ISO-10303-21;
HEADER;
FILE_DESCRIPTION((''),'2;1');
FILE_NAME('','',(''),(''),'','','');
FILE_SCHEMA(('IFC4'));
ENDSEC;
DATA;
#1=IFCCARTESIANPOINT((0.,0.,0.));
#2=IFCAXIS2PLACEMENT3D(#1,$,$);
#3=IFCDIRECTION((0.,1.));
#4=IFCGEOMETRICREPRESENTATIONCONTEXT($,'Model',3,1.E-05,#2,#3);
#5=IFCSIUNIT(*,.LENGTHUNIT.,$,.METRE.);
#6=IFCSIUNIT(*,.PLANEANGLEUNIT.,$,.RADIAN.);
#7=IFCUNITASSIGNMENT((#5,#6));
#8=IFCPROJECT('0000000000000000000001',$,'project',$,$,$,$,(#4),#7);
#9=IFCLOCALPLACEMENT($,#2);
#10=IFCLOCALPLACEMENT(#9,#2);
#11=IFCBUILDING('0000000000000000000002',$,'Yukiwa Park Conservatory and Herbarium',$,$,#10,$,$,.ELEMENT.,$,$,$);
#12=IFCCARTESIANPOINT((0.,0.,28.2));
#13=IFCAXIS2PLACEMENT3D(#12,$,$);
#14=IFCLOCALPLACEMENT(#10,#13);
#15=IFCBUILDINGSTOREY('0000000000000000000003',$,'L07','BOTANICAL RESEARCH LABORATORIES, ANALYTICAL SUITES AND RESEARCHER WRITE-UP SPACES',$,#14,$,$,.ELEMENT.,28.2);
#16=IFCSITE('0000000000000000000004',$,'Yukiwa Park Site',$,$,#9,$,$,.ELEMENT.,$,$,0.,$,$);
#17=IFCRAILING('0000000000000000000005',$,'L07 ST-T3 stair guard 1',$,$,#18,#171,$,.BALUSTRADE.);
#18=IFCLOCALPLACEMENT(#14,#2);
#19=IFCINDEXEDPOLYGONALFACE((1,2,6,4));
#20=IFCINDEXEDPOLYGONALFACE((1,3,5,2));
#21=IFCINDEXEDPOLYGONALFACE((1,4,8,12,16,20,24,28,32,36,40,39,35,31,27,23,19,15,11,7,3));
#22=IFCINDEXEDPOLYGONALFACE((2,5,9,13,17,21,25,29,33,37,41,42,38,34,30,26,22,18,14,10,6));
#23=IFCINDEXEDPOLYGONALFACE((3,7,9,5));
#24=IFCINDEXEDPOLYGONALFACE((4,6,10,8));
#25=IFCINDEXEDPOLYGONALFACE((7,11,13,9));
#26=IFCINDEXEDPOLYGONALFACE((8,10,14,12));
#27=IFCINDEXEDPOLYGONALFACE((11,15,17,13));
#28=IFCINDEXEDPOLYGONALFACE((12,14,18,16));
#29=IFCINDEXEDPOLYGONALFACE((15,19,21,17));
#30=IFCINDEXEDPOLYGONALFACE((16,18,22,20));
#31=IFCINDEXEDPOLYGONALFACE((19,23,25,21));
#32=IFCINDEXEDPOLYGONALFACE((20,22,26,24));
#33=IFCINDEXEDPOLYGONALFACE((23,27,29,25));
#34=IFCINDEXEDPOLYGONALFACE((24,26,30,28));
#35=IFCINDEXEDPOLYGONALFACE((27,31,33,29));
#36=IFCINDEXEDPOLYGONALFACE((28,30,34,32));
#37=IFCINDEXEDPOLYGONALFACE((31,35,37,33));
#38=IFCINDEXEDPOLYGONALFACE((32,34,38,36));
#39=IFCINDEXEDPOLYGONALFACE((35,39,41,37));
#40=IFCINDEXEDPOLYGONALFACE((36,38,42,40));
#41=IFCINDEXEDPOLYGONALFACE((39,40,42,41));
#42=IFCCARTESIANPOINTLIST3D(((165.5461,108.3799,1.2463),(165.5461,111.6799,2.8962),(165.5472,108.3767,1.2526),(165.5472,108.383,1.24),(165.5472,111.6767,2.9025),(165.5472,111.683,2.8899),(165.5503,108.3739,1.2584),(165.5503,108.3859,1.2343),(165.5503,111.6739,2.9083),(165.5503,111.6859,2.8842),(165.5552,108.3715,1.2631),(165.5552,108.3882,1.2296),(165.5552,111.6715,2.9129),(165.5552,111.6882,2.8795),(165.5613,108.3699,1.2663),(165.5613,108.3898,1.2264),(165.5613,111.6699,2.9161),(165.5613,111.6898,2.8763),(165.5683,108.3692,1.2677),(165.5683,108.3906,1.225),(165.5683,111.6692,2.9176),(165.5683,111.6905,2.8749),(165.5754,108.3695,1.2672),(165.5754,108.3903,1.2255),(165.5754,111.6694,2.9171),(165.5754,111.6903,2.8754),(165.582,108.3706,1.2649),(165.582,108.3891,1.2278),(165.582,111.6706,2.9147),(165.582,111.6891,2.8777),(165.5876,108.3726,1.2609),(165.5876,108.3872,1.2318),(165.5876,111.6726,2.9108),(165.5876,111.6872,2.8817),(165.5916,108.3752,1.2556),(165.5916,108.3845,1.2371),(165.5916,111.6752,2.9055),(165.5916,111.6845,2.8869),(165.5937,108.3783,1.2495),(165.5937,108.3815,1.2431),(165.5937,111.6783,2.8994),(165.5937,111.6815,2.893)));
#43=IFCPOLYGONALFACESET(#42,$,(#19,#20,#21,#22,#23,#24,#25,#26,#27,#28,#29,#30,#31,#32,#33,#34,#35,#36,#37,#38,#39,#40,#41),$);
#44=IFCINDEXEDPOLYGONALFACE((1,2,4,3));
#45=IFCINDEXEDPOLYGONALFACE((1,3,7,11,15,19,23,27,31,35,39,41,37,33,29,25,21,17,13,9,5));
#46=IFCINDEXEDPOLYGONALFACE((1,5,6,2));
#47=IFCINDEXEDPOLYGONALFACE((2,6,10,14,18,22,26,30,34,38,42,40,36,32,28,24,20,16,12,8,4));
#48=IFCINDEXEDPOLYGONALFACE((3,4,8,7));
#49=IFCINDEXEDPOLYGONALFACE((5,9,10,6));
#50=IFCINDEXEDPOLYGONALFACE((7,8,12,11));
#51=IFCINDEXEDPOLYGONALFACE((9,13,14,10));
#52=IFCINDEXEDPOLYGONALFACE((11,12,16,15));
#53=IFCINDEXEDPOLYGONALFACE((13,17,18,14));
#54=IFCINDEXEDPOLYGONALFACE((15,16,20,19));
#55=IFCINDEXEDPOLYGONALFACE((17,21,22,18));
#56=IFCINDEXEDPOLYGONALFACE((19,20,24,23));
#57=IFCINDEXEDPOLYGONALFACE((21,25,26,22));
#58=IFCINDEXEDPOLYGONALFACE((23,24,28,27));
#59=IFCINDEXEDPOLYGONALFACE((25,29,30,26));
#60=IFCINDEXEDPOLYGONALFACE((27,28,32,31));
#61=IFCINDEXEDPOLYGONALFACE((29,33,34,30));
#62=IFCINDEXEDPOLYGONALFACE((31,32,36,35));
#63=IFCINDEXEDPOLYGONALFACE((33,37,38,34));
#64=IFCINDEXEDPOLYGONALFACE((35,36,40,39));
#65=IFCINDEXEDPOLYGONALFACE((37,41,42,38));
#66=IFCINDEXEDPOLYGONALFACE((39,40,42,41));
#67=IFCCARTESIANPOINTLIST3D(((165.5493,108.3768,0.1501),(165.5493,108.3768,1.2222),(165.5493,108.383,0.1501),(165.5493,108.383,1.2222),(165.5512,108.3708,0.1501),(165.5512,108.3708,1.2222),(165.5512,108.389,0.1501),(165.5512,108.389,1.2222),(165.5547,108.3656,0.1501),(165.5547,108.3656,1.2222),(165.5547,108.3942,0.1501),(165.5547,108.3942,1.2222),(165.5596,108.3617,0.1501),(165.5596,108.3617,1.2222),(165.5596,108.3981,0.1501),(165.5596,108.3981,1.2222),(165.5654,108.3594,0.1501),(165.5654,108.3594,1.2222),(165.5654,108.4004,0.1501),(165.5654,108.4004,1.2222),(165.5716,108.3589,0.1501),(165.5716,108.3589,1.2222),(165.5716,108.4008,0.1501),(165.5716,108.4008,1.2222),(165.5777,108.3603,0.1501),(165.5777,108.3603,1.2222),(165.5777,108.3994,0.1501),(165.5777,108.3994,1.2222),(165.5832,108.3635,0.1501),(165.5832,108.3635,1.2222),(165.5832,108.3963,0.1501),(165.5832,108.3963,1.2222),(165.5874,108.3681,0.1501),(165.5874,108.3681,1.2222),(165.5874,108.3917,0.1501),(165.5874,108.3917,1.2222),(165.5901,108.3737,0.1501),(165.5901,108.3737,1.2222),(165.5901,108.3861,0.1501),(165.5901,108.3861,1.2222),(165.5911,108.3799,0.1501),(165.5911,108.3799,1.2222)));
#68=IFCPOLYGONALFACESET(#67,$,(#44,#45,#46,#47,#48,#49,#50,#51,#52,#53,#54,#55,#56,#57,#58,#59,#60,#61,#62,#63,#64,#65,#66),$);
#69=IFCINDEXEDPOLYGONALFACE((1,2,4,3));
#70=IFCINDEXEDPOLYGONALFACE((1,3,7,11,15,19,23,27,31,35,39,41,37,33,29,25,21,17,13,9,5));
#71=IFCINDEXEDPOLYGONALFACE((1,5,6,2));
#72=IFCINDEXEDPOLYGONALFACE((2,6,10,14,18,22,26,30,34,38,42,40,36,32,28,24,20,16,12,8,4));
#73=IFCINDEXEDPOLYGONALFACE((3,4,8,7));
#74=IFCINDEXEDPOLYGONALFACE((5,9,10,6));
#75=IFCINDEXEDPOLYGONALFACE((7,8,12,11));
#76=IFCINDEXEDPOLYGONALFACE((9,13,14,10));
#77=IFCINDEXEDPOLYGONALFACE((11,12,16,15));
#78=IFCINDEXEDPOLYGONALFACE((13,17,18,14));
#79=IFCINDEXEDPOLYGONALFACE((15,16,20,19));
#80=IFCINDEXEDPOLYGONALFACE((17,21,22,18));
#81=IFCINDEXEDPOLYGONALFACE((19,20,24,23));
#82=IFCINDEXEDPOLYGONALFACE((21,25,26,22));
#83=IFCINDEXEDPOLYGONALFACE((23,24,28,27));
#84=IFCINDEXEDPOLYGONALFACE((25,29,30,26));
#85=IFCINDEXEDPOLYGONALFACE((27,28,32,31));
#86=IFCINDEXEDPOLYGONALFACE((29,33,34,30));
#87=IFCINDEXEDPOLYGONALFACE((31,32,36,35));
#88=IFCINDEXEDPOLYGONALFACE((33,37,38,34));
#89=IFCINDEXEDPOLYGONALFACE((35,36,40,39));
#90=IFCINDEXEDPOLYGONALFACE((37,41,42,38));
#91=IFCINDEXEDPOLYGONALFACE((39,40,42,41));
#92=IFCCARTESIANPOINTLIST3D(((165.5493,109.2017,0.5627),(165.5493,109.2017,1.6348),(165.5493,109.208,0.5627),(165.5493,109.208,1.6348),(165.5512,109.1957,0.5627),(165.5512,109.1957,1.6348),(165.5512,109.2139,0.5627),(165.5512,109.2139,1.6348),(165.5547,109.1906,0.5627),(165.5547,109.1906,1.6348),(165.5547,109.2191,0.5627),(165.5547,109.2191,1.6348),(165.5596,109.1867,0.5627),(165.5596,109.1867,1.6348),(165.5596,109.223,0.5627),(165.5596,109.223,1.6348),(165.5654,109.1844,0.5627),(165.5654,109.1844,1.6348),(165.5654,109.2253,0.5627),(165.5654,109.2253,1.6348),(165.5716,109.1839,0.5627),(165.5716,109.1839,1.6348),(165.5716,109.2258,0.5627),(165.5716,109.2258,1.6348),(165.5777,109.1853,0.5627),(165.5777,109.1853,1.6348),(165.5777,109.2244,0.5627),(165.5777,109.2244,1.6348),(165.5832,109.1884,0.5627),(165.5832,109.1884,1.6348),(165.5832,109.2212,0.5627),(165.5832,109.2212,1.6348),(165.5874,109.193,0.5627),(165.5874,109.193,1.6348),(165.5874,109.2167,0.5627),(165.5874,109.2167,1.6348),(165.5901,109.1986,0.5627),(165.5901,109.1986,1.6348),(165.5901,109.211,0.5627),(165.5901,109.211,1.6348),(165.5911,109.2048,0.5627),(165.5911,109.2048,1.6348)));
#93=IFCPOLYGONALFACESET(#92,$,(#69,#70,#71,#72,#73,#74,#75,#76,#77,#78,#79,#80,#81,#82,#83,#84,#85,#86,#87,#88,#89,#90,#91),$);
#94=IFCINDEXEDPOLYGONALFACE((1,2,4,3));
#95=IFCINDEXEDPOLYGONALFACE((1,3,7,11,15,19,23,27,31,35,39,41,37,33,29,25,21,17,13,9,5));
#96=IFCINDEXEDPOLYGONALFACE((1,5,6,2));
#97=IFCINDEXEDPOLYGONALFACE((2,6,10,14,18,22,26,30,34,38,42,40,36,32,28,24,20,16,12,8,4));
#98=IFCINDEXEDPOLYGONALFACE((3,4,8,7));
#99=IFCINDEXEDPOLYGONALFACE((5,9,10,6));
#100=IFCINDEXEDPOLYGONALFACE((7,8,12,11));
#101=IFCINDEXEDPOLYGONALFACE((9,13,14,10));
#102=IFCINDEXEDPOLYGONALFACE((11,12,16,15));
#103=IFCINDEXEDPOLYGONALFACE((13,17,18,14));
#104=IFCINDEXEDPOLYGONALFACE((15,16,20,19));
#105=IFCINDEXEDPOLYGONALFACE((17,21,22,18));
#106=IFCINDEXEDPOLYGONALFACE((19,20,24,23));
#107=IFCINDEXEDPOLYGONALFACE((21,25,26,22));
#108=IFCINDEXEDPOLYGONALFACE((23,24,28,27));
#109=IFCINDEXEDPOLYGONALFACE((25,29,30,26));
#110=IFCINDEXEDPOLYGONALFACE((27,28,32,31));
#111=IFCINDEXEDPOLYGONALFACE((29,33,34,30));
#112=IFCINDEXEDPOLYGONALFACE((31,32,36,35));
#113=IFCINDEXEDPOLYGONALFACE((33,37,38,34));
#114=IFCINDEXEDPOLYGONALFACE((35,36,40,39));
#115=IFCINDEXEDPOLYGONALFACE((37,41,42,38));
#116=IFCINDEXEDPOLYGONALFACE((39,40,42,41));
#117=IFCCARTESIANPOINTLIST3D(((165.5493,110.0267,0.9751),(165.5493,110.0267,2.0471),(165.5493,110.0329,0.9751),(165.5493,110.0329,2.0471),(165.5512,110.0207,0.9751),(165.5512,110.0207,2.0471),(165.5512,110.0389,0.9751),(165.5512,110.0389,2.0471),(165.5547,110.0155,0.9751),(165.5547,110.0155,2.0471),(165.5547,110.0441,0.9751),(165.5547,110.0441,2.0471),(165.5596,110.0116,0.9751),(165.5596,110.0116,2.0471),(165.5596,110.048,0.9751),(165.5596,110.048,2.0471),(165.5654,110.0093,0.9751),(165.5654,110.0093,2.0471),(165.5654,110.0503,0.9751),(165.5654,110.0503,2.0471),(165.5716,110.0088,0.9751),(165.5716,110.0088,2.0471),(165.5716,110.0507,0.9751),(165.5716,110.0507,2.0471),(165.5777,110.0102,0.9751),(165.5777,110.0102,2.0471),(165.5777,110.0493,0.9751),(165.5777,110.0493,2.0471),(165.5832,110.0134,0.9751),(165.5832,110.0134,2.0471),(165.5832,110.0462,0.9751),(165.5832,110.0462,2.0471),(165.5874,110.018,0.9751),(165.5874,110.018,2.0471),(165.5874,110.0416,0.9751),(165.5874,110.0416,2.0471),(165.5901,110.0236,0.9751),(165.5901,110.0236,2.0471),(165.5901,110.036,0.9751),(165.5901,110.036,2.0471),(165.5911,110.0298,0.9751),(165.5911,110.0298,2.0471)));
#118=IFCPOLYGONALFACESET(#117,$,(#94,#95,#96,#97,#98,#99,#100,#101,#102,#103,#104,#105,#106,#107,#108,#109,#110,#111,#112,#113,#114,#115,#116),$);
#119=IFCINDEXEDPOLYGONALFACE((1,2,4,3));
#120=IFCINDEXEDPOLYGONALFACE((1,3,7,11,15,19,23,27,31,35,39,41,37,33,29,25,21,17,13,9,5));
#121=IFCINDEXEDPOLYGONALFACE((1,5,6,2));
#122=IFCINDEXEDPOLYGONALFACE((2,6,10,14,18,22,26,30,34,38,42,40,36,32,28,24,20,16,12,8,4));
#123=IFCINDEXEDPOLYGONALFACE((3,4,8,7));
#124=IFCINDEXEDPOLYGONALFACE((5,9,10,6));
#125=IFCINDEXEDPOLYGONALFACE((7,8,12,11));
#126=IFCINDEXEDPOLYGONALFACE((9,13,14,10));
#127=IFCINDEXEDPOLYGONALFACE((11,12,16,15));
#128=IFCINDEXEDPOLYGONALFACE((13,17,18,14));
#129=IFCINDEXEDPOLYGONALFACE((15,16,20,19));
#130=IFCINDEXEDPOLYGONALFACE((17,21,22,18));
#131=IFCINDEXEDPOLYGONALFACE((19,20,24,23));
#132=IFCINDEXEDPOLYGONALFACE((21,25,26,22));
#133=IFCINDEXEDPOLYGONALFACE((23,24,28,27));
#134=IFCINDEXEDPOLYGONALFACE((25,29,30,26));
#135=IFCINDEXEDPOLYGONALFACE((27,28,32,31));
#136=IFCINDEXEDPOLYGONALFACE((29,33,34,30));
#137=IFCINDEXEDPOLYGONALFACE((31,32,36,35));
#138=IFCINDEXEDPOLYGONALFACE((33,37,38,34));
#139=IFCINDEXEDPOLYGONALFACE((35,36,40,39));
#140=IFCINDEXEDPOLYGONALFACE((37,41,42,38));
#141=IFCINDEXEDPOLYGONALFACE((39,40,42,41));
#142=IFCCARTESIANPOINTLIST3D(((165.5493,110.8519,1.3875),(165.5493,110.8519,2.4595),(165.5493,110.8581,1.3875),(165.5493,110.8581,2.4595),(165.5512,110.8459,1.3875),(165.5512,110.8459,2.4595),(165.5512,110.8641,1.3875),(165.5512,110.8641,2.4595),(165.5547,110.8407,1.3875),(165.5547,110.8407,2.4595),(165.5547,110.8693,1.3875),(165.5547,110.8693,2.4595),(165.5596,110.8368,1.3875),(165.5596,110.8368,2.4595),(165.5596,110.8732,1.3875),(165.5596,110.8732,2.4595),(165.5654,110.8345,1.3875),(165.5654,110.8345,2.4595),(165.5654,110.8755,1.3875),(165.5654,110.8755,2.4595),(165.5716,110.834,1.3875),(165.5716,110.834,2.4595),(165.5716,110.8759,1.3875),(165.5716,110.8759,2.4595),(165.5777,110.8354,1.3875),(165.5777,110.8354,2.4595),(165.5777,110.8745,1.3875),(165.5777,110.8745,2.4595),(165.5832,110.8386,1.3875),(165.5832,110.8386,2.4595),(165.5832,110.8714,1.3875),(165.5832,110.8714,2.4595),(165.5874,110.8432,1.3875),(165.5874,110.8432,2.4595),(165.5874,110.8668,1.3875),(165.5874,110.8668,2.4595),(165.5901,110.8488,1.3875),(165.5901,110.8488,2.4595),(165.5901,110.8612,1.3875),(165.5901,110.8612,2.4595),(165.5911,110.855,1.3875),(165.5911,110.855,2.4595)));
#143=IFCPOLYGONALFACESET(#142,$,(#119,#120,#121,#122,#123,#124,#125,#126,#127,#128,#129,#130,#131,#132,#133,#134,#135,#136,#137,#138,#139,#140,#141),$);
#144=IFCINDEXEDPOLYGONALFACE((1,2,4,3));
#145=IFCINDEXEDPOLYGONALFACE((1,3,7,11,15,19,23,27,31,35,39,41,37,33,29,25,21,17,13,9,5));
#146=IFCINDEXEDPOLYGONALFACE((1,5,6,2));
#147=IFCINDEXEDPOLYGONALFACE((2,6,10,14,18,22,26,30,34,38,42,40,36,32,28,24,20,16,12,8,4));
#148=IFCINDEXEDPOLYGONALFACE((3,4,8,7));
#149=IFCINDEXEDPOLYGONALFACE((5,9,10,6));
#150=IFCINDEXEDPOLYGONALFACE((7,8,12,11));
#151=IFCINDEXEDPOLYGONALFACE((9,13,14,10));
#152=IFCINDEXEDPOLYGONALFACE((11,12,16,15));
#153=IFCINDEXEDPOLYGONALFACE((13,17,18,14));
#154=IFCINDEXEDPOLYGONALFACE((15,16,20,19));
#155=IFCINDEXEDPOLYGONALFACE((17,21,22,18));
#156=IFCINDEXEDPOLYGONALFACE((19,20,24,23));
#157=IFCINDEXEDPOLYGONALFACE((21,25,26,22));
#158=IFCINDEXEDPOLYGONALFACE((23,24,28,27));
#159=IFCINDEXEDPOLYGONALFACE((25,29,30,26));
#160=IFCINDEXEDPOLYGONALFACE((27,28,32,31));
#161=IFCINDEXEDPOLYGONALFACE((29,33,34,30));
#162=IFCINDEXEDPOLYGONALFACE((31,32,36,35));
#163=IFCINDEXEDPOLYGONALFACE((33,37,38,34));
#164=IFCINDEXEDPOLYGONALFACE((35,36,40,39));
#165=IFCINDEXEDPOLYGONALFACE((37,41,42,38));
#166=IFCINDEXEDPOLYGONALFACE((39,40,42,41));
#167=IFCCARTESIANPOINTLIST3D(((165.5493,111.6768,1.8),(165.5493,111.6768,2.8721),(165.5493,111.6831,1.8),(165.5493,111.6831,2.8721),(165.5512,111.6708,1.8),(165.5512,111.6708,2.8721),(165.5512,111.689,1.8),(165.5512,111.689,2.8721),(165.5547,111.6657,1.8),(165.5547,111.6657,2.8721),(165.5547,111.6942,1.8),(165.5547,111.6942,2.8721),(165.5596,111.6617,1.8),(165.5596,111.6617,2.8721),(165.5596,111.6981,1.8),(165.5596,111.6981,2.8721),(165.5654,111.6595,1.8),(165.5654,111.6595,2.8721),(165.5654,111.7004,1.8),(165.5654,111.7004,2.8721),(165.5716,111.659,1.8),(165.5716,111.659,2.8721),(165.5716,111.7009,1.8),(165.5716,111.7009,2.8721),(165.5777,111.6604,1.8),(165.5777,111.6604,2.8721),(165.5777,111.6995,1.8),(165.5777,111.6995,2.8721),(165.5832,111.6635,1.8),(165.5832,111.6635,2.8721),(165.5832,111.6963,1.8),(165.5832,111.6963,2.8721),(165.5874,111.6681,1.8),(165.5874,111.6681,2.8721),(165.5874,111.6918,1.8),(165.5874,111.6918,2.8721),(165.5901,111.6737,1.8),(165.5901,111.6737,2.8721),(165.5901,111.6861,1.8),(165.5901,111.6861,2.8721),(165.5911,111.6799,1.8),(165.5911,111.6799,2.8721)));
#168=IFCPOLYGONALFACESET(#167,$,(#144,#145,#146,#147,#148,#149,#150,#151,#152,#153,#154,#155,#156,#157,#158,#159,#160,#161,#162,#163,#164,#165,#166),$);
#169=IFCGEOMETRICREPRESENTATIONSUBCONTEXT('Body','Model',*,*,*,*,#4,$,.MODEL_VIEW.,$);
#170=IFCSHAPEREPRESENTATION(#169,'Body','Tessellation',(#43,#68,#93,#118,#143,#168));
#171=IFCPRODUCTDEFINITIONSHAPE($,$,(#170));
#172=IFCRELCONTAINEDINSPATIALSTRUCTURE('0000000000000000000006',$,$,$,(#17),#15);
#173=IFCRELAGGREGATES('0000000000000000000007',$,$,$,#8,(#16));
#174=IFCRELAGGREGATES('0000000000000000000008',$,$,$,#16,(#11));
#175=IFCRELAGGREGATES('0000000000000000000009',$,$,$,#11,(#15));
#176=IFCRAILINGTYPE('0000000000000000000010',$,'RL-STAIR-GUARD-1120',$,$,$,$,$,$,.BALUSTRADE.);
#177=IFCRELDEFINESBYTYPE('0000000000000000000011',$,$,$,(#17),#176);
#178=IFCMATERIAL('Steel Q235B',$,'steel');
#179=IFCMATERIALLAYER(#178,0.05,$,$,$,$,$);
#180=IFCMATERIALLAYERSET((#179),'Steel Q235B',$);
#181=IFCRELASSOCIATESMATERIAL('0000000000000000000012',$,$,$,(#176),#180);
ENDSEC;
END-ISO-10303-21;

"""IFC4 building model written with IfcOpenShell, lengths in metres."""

from ifc_helpers import new_model, si_unit, direction, frame, origin, origin_2d, place, context, subcontext, project, spatial, circle, extrude, material, layer, layer_set, type_object, element, save


model = new_model("IFC4")

# Units and contexts
model_context = context("Model", 3, precision=1e-05, world=origin(), true_north=direction((0.0, 1.0)))
body_context = subcontext(model_context, "Body", "Model", "MODEL_VIEW")
ifc_project = project(units=[si_unit("LENGTHUNIT", "METRE"), si_unit("PLANEANGLEUNIT", "RADIAN")], contexts=[model_context])

# Site, building, storey
site_placement = place(None, origin())
site = spatial("IfcSite", under=ifc_project, at=site_placement, Name="Yukiwa Park Site", CompositionType="ELEMENT", RefElevation=0.0)
building_placement = place(site_placement, origin())
building = spatial("IfcBuilding", under=site, at=building_placement, Name="Yukiwa Park Conservatory and Herbarium", CompositionType="ELEMENT")
storey_placement = place(building_placement, frame((0.0, 0.0, 28.2)))
storey = spatial("IfcBuildingStorey", under=building, at=storey_placement, Name="L07", Description="BOTANICAL RESEARCH LABORATORIES, ANALYTICAL SUITES AND RESEARCHER WRITE-UP SPACES", CompositionType="ELEMENT", Elevation=28.2)

# Railing
ifc_material_1 = material(Name="Steel Q235B", Category="steel")
ifc_layer_1 = layer(ifc_material_1, 0.05)
ifc_layer_set_1 = layer_set([ifc_layer_1], Name="Steel Q235B")
railing_type_1 = type_object("IfcRailingType", Name="RL-STAIR-GUARD-1120", PredefinedType="BALUSTRADE", material=ifc_layer_set_1)
railing_1_placement = place(storey_placement, frame((165.5701, 108.3799, 0.1501)))
element("IfcRailing", 1, at=railing_1_placement, inside=storey, type_object=railing_type_1, Name="L07 ST-T3 stair guard 1", PredefinedType="BALUSTRADE", context=body_context, shape_type="SweptSolid", body=[
    extrude(circle(Radius=0.0239, at=origin_2d()), frame((0.0, 0.0, 1.0962), z_axis=(0.0, 0.89444, 0.447187), x_axis=(-1.0, 0.0, 0.0)), (0.0, 0.0, 1.0), 3.6895),
    extrude(circle(Radius=0.021, at=origin_2d()), origin(), (0.0, 0.0, 1.0), 1.072),
    extrude(circle(Radius=0.021, at=origin_2d()), frame((0.0, 0.825, 0.4126)), (0.0, 0.0, 1.0), 1.072),
    extrude(circle(Radius=0.021, at=origin_2d()), frame((0.0, 1.6499, 0.825)), (0.0, 0.0, 1.0), 1.072),
    extrude(circle(Radius=0.021, at=origin_2d()), frame((0.0, 2.4751, 1.2373)), (0.0, 0.0, 1.0), 1.072),
    extrude(circle(Radius=0.021, at=origin_2d()), frame((0.0, 3.3, 1.6499)), (0.0, 0.0, 1.0), 1.072),
])

save(model, "model.ifc")
